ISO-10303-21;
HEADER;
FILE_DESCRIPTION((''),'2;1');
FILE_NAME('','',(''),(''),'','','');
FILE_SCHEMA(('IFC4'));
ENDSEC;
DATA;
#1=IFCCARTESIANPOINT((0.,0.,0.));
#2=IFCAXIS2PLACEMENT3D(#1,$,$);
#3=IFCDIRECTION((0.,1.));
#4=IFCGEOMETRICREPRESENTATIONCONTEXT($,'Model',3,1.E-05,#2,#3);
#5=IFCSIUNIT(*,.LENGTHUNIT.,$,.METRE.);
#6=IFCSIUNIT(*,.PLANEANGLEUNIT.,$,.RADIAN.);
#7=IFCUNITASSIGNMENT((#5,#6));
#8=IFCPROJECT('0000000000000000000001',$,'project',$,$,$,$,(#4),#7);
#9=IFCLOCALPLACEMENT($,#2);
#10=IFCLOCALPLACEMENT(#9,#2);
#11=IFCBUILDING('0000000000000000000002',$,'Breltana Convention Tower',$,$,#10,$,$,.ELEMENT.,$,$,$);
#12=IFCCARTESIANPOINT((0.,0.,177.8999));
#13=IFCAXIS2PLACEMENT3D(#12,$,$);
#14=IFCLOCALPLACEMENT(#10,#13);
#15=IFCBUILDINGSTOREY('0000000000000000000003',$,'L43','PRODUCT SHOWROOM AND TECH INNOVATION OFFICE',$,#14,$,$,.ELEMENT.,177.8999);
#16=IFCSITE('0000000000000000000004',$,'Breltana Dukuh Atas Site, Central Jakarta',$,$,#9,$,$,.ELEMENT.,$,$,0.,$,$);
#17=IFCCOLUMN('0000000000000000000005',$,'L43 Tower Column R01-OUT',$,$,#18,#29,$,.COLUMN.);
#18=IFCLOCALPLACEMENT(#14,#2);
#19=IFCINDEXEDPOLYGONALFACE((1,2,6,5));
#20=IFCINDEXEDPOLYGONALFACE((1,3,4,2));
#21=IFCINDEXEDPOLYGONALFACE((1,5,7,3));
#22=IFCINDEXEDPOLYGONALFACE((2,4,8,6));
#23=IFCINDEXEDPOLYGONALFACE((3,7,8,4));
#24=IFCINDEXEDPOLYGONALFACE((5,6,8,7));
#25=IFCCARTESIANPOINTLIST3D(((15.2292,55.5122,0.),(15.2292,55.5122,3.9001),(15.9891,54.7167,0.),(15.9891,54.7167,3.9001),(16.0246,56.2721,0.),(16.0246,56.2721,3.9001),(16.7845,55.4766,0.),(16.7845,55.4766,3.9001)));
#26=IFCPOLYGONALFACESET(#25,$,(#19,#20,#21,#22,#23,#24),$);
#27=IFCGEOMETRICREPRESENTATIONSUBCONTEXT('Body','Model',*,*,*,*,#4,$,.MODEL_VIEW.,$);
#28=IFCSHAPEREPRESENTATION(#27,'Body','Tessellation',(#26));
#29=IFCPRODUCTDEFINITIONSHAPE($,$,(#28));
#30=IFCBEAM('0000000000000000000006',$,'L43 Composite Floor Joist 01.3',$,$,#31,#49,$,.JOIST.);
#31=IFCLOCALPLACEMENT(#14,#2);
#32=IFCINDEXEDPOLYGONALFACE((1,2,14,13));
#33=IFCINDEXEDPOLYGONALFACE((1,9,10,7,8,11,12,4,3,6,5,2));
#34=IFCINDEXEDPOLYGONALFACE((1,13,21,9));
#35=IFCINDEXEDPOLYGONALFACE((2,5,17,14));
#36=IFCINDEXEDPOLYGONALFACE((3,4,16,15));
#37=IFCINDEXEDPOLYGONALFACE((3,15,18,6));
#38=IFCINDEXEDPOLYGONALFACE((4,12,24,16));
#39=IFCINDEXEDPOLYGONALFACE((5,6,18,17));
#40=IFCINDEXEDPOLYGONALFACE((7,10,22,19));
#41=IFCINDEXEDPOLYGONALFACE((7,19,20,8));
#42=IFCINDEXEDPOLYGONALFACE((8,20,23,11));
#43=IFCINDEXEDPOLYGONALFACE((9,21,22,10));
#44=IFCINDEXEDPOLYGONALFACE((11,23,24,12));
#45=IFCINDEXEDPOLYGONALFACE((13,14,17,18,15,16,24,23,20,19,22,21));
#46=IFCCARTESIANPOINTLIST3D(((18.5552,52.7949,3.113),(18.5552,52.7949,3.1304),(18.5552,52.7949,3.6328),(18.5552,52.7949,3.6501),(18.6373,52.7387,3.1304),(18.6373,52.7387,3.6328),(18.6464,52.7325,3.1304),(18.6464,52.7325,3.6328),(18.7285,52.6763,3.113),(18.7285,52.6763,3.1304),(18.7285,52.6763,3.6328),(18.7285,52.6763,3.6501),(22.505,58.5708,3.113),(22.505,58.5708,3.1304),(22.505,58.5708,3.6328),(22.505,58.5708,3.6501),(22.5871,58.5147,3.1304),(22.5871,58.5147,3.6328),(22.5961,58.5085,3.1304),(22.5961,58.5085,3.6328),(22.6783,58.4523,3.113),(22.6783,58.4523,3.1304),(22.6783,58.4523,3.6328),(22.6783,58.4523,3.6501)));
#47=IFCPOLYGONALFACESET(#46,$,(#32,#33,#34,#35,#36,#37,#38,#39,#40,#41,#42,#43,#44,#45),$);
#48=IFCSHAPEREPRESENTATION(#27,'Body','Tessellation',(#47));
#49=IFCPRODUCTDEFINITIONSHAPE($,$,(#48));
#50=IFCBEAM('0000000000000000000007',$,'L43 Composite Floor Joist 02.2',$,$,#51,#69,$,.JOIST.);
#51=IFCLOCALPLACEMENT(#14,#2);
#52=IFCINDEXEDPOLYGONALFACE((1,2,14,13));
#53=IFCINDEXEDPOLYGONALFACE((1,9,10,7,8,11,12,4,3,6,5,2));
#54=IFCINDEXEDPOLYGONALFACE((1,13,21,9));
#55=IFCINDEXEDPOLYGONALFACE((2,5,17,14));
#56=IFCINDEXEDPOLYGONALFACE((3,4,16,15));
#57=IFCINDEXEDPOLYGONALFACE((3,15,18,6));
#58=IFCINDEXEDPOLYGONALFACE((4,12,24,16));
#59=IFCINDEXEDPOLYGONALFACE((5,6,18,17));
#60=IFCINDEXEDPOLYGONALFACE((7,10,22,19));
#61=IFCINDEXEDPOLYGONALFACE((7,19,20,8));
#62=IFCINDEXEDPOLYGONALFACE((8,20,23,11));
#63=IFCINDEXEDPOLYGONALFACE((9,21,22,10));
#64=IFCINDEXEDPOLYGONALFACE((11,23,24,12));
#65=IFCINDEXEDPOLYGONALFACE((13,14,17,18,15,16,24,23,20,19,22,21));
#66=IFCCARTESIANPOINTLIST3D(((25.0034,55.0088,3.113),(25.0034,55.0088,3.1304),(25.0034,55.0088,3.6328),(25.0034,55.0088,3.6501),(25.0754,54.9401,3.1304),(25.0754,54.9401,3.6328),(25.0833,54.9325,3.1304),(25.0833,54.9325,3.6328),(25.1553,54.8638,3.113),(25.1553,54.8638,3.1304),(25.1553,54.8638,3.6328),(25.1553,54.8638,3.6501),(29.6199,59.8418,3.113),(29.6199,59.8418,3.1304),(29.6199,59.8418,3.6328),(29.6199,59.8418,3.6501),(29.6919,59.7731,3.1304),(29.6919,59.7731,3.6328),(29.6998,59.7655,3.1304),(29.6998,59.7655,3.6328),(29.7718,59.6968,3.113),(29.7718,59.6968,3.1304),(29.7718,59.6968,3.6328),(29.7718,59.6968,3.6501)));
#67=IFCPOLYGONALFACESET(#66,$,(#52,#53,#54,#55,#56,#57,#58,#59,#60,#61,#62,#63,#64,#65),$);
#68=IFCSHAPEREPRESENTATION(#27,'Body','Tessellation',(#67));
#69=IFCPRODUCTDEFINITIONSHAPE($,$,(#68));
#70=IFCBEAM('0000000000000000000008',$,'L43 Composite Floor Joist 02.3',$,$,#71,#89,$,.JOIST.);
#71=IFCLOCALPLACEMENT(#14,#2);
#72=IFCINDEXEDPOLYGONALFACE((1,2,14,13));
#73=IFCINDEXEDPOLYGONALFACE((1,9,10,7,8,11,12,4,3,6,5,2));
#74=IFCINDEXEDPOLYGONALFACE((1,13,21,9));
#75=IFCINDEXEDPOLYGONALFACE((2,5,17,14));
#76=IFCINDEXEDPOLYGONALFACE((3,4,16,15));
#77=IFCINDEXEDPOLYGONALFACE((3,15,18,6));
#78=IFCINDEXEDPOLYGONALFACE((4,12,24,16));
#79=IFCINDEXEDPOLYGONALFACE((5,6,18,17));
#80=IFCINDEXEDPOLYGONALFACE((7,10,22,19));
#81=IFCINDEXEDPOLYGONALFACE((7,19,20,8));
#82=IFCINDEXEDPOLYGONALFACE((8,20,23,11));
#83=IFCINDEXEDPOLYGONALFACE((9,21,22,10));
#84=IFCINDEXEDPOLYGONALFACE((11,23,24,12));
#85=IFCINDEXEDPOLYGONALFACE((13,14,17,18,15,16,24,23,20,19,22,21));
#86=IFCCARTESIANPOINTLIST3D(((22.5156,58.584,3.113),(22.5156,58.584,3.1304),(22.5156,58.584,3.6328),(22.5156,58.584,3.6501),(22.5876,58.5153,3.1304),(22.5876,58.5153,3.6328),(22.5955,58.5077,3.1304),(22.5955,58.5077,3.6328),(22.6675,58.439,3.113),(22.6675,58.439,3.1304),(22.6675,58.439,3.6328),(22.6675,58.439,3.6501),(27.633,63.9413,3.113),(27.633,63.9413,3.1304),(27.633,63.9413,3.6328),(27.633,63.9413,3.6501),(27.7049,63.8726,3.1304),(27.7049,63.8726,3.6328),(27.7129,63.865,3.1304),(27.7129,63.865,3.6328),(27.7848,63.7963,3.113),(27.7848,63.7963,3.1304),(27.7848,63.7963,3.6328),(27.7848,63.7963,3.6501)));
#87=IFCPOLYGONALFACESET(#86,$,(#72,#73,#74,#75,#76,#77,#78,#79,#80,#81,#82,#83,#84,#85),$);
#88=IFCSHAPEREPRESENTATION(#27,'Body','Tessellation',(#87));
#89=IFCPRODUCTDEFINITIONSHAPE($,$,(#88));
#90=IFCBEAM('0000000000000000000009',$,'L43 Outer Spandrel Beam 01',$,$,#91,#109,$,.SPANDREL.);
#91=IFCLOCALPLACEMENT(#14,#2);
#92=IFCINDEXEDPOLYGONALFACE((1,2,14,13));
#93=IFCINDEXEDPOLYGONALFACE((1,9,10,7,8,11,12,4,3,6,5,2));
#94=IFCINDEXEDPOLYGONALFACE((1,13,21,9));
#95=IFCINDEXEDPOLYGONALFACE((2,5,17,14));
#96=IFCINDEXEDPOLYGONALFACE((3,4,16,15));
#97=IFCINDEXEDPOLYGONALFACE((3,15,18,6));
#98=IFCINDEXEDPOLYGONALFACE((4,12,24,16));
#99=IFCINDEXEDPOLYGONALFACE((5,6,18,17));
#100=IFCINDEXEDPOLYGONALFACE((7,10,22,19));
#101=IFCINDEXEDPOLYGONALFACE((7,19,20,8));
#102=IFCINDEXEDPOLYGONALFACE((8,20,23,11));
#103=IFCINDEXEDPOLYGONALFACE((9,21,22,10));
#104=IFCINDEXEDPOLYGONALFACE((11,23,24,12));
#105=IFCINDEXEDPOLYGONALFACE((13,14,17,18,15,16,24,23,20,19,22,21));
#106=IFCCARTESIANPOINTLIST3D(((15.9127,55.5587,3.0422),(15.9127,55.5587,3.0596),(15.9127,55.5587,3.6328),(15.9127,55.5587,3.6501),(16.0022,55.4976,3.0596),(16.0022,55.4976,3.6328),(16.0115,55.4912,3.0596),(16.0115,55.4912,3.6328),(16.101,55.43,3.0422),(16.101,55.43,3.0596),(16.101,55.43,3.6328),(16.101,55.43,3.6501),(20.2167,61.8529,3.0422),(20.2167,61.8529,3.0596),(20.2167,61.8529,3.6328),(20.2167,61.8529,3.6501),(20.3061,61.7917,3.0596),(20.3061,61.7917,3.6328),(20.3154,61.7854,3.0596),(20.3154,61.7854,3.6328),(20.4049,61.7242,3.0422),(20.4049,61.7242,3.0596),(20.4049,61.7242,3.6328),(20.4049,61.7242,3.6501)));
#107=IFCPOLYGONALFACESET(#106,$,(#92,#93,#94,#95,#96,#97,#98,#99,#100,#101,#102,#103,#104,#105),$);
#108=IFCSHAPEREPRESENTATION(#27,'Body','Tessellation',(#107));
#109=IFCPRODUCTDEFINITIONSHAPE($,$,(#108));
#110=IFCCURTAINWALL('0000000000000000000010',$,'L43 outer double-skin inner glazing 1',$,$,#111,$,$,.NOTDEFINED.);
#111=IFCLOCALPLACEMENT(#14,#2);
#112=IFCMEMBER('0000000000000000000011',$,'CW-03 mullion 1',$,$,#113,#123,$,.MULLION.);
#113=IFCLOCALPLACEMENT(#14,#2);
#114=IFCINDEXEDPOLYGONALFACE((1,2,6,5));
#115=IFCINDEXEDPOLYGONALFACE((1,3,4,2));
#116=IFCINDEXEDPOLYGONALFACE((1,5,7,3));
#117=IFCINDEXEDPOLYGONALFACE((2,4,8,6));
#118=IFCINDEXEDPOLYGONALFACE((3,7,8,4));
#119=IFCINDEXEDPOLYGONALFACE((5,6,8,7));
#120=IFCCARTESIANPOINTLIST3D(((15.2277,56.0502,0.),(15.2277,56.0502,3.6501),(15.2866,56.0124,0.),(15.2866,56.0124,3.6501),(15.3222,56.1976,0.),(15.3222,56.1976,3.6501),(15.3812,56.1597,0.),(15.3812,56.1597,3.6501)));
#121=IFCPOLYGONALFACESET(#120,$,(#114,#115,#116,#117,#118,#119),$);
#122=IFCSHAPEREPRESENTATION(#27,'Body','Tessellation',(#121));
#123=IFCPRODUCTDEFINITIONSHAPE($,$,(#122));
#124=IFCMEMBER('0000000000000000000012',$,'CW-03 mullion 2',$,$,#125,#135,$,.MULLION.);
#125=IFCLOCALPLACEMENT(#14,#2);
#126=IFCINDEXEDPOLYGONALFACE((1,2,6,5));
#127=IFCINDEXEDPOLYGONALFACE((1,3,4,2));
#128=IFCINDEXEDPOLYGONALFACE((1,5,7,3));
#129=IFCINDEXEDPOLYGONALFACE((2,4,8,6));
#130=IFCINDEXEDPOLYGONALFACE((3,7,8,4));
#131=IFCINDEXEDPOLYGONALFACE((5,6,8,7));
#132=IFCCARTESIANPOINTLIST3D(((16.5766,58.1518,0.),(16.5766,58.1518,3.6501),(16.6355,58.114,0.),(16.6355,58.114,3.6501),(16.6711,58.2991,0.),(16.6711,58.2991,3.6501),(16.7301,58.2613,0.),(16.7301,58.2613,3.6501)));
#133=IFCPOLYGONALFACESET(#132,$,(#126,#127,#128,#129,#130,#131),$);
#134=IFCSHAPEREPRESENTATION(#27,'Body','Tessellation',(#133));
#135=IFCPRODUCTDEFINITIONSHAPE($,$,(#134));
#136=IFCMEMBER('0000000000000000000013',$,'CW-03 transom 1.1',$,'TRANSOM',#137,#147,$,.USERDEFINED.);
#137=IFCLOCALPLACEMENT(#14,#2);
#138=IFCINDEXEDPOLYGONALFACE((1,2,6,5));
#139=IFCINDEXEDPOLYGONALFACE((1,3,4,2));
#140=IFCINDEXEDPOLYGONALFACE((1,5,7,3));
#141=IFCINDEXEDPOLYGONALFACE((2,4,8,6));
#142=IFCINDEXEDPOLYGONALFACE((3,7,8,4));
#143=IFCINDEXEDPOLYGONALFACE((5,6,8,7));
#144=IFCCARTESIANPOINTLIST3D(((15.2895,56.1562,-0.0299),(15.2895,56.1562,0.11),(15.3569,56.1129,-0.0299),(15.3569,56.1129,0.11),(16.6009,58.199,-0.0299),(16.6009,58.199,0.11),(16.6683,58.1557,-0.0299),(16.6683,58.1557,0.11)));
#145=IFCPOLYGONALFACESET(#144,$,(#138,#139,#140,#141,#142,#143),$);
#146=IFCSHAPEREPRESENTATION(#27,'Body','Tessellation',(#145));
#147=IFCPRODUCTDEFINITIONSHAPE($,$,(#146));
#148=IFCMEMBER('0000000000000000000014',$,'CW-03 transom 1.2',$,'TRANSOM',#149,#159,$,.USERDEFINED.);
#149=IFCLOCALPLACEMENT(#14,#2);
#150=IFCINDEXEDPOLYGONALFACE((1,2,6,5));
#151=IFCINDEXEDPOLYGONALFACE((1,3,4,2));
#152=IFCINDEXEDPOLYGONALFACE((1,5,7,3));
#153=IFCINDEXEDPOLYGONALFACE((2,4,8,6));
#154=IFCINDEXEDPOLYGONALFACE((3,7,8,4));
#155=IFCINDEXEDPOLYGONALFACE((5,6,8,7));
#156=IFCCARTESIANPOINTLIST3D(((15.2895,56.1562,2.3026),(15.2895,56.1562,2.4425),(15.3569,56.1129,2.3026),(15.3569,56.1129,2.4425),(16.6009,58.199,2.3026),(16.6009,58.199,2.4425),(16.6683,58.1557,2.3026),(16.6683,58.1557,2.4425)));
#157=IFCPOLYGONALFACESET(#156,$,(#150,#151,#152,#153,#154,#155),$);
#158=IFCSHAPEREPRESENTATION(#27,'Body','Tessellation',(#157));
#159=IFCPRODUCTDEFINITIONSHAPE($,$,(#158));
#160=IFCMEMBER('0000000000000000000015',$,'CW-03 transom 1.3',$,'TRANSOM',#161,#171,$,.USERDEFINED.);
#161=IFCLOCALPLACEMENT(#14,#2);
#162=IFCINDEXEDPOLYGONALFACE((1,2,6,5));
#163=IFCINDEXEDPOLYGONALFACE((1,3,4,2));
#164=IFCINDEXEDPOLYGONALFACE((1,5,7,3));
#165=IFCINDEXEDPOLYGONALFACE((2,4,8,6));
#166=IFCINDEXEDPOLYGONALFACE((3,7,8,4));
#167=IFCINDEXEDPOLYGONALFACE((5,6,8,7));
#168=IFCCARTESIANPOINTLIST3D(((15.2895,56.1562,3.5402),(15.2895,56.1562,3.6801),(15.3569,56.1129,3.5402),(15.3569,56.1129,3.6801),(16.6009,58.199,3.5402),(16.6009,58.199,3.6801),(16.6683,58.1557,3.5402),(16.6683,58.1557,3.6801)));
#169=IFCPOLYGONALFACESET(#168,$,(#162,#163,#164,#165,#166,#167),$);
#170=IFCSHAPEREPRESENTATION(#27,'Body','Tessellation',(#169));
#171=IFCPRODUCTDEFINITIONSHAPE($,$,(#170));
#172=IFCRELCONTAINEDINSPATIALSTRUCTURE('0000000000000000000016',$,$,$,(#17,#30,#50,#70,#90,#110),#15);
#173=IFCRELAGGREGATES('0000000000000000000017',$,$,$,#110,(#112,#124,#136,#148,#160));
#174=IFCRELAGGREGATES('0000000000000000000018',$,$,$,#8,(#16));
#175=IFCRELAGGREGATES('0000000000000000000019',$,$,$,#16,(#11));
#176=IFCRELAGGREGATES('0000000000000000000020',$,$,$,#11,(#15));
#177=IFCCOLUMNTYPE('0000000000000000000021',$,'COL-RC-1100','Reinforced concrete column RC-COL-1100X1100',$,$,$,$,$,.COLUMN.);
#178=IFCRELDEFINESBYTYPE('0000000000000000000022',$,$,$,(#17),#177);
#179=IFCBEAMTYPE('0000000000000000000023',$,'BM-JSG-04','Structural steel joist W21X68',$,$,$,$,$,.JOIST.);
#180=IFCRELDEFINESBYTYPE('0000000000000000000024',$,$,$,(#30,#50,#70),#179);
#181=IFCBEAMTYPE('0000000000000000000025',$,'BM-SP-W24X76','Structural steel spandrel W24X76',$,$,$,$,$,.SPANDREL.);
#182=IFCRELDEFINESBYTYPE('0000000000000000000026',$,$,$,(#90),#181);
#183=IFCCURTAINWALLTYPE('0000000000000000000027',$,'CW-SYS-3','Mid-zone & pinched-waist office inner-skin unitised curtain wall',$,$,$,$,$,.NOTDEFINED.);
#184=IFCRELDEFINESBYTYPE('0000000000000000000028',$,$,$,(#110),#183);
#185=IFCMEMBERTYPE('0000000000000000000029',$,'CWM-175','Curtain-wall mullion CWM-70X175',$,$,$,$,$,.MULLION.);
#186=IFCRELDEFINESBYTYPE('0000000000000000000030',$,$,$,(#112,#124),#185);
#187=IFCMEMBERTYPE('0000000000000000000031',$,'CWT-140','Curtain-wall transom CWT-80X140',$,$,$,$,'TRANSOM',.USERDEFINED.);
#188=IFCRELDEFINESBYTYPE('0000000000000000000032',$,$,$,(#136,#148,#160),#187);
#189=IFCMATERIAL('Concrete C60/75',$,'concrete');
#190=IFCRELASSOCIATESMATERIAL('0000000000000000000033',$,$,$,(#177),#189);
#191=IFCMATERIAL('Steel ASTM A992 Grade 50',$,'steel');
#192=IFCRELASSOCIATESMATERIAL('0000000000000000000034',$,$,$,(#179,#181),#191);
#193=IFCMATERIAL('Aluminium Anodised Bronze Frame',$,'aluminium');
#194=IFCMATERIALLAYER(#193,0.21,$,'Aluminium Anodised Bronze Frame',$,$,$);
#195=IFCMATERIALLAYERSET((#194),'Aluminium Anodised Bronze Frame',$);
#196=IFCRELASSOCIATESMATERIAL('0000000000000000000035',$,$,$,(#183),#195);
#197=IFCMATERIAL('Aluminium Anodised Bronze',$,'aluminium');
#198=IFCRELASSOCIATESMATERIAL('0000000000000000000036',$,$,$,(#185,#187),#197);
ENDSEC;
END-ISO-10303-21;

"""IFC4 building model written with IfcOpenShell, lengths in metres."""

from ifc_helpers import new_model, si_unit, direction, frame, origin, origin_2d, place, context, subcontext, project, spatial, rectangle, i_section, extrude, source, transform, mapped, material, layer, layer_set, material_profile, profile_set, type_object, type_shapes, element, aggregate, save


model = new_model("IFC4")

# Units and contexts
model_context = context("Model", 3, precision=1e-05, world=origin(), true_north=direction((0.0, 1.0)))
body_context = subcontext(model_context, "Body", "Model", "MODEL_VIEW")
ifc_project = project(units=[si_unit("LENGTHUNIT", "METRE"), si_unit("PLANEANGLEUNIT", "RADIAN")], contexts=[model_context])

# Site, building, storey
site_placement = place(None, origin())
site = spatial("IfcSite", under=ifc_project, at=site_placement, Name="Breltana Dukuh Atas Site, Central Jakarta", CompositionType="ELEMENT", RefElevation=0.0)
building_placement = place(site_placement, origin())
building = spatial("IfcBuilding", under=site, at=building_placement, Name="Breltana Convention Tower", CompositionType="ELEMENT")
storey_placement = place(building_placement, frame((0.0, 0.0, 177.8999)))
storey = spatial("IfcBuildingStorey", under=building, at=storey_placement, Name="L43", Description="PRODUCT SHOWROOM AND TECH INNOVATION OFFICE", CompositionType="ELEMENT", Elevation=177.8999)

# Column
ifc_material_1 = material(Name="Concrete C60/75", Category="concrete")
ifc_material_profile_1 = material_profile(ifc_material_1, rectangle(XDim=1.1001, YDim=1.1001, at=origin_2d()), Name="RC-COL-1100X1100")
ifc_profile_set_1 = profile_set([ifc_material_profile_1], Name="Concrete C60/75")
column_type = type_object("IfcColumnType", Name="COL-RC-1100", Description="Reinforced concrete column RC-COL-1100X1100", PredefinedType="COLUMN", material=ifc_profile_set_1)
shared_shape_1 = source(origin(), body_context, "Body", "SweptSolid", [
    extrude(rectangle(XDim=1.1001, YDim=1.1001, at=origin_2d()), origin(), (0.0, 0.0, 1.0), 3.9001),
])
column_placement = place(storey_placement, frame((16.0068, 55.4944, 0.0), z_axis=(0.0, 0.0, 1.0), x_axis=(-0.690756, 0.723088, 0.0)))
element("IfcColumn", 1, at=column_placement, inside=storey, type_object=column_type, Name="L43 Tower Column R01-OUT", PredefinedType="COLUMN", context=body_context, shape_type="MappedRepresentation", body=[
    mapped(shared_shape_1, transform((0.0, 0.0, 0.0), scale=1.0)),
])

# Beams
ifc_material_2 = material(Name="Steel ASTM A992 Grade 50", Category="steel")
ifc_material_profile_2 = material_profile(ifc_material_2, i_section(OverallWidth=0.21, OverallDepth=0.5371, WebThickness=0.011, FlangeThickness=0.0173, at=origin_2d()), Name="W21X68")
ifc_profile_set_2 = profile_set([ifc_material_profile_2], Name="Steel ASTM A992 Grade 50")
beam_type_1 = type_object("IfcBeamType", Name="BM-JSG-04", Description="Structural steel joist W21X68", PredefinedType="JOIST", material=ifc_profile_set_2)
shared_shape_2 = source(origin(), body_context, "Body", "SweptSolid", [
    extrude(i_section(OverallWidth=0.21, OverallDepth=0.5371, WebThickness=0.011, FlangeThickness=0.0173, at=origin_2d()), origin(), (0.0, 0.0, 1.0), 6.9973),
])
beam_1_placement = place(storey_placement, frame((18.6418, 52.7356, 3.3816), z_axis=(0.564469, 0.825454, 0.0), x_axis=(-0.825454, 0.564469, 0.0)))
element("IfcBeam", 2, at=beam_1_placement, inside=storey, type_object=beam_type_1, Name="L43 Composite Floor Joist 01.3", PredefinedType="JOIST", context=body_context, shape_type="MappedRepresentation", body=[
    mapped(shared_shape_2, transform((0.0, 0.0, 0.0), scale=1.0)),
])
shared_shape_3 = source(origin(), body_context, "Body", "SweptSolid", [
    extrude(i_section(OverallWidth=0.21, OverallDepth=0.5371, WebThickness=0.011, FlangeThickness=0.0173, at=origin_2d()), origin(), (0.0, 0.0, 1.0), 6.6836),
])
beam_2_placement = place(storey_placement, frame((25.0793, 54.9363, 3.3816), z_axis=(0.690721, 0.723122, 0.0), x_axis=(-0.723122, 0.690721, 0.0)))
element("IfcBeam", 3, at=beam_2_placement, inside=storey, type_object=beam_type_1, Name="L43 Composite Floor Joist 02.2", PredefinedType="JOIST", context=body_context, shape_type="MappedRepresentation", body=[
    mapped(shared_shape_3, transform((0.0, 0.0, 0.0), scale=1.0)),
])
shared_shape_4 = source(origin(), body_context, "Body", "SweptSolid", [
    extrude(i_section(OverallWidth=0.21, OverallDepth=0.5371, WebThickness=0.011, FlangeThickness=0.0173, at=origin_2d()), origin(), (0.0, 0.0, 1.0), 7.4087),
])
beam_3_placement = place(storey_placement, frame((22.5916, 58.5115, 3.3816), z_axis=(0.690725, 0.723118, 0.0), x_axis=(-0.723118, 0.690725, 0.0)))
element("IfcBeam", 4, at=beam_3_placement, inside=storey, type_object=beam_type_1, Name="L43 Composite Floor Joist 02.3", PredefinedType="JOIST", context=body_context, shape_type="MappedRepresentation", body=[
    mapped(shared_shape_4, transform((0.0, 0.0, 0.0), scale=1.0)),
])
ifc_material_profile_3 = material_profile(ifc_material_2, i_section(OverallWidth=0.228, OverallDepth=0.6079, WebThickness=0.0112, FlangeThickness=0.0173, at=origin_2d()), Name="W24X76")
ifc_profile_set_3 = profile_set([ifc_material_profile_3], Name="Steel ASTM A992 Grade 50")
beam_type_2 = type_object("IfcBeamType", Name="BM-SP-W24X76", Description="Structural steel spandrel W24X76", PredefinedType="SPANDREL", material=ifc_profile_set_3)
shared_shape_5 = source(origin(), body_context, "Body", "SweptSolid", [
    extrude(i_section(OverallWidth=0.228, OverallDepth=0.6079, WebThickness=0.0112, FlangeThickness=0.0173, at=origin_2d()), origin(), (0.0, 0.0, 1.0), 7.625),
])
type_shapes(beam_type_2, [shared_shape_5])
beam_4_placement = place(storey_placement, frame((16.0068, 55.4944, 3.3462), z_axis=(0.564452, 0.825466, 0.0), x_axis=(-0.825466, 0.564452, 0.0)))
element("IfcBeam", 5, at=beam_4_placement, inside=storey, type_object=beam_type_2, Name="L43 Outer Spandrel Beam 01", PredefinedType="SPANDREL", context=body_context, shape_type="MappedRepresentation", body=[
    mapped(shared_shape_5, transform((0.0, 0.0, 0.0), scale=1.0)),
])

# Curtain wall, members
ifc_material_3 = material(Name="Aluminium Anodised Bronze Frame", Category="aluminium")
ifc_layer_1 = layer(ifc_material_3, 0.21, Name="Aluminium Anodised Bronze Frame")
ifc_layer_set_1 = layer_set([ifc_layer_1], Name="Aluminium Anodised Bronze Frame")
curtain_wall_type = type_object("IfcCurtainWallType", Name="CW-SYS-3", Description="Mid-zone & pinched-waist office inner-skin unitised curtain wall", PredefinedType="NOTDEFINED", material=ifc_layer_set_1)
curtain_wall_placement = place(storey_placement, origin())
curtain_wall = element("IfcCurtainWall", 6, at=curtain_wall_placement, inside=storey, type_object=curtain_wall_type, Name="L43 outer double-skin inner glazing 1", PredefinedType="NOTDEFINED")
ifc_material_4 = material(Name="Aluminium Anodised Bronze", Category="aluminium")
ifc_material_profile_4 = material_profile(ifc_material_4, rectangle(XDim=0.0701, YDim=0.175, at=origin_2d()), Name="CWM-70X175")
ifc_profile_set_4 = profile_set([ifc_material_profile_4], Name="Aluminium Anodised Bronze")
member_type_1 = type_object("IfcMemberType", Name="CWM-175", Description="Curtain-wall mullion CWM-70X175", PredefinedType="MULLION", material=ifc_profile_set_4)
shared_shape_6 = source(origin(), body_context, "Body", "SweptSolid", [
    extrude(rectangle(XDim=0.0701, YDim=0.175, at=origin_2d()), origin(), (0.0, 0.0, 1.0), 3.6501),
])
member_1_placement = place(storey_placement, frame((15.3044, 56.105, 0.0), z_axis=(0.0, 0.0, 1.0), x_axis=(-0.841554, 0.540173, 0.0)))
member_1 = element("IfcMember", 7, at=member_1_placement, type_object=member_type_1, Name="CW-03 mullion 1", PredefinedType="MULLION", context=body_context, shape_type="MappedRepresentation", body=[
    mapped(shared_shape_6, transform((0.0, 0.0, 0.0), scale=1.0)),
])
member_2_placement = place(storey_placement, frame((16.6533, 58.2065, 0.0), z_axis=(0.0, 0.0, 1.0), x_axis=(-0.841554, 0.540173, 0.0)))
member_2 = element("IfcMember", 8, at=member_2_placement, type_object=member_type_1, Name="CW-03 mullion 2", PredefinedType="MULLION", context=body_context, shape_type="MappedRepresentation", body=[
    mapped(shared_shape_6, transform((0.0, 0.0, 0.0), scale=1.0)),
])
ifc_material_profile_5 = material_profile(ifc_material_4, rectangle(XDim=0.0801, YDim=0.1399, at=origin_2d()), Name="CWT-80X140")
ifc_profile_set_5 = profile_set([ifc_material_profile_5], Name="Aluminium Anodised Bronze")
member_type_2 = type_object("IfcMemberType", Name="CWT-140", Description="Curtain-wall transom CWT-80X140", ElementType="TRANSOM", PredefinedType="USERDEFINED", material=ifc_profile_set_5)
shared_shape_7 = source(origin(), body_context, "Body", "SweptSolid", [
    extrude(rectangle(XDim=0.0801, YDim=0.1399, at=origin_2d()), origin(), (0.0, 0.0, 1.0), 2.4275),
])
member_3_placement = place(storey_placement, frame((15.3232, 56.1345, 0.04), z_axis=(0.540203, 0.841534, 0.0), x_axis=(-0.841534, 0.540203, 0.0)))
member_3 = element("IfcMember", 9, at=member_3_placement, type_object=member_type_2, Name="CW-03 transom 1.1", ObjectType="TRANSOM", PredefinedType="USERDEFINED", context=body_context, shape_type="MappedRepresentation", body=[
    mapped(shared_shape_7, transform((0.0, 0.0, 0.0), scale=1.0)),
])
member_4_placement = place(storey_placement, frame((15.3232, 56.1345, 2.3726), z_axis=(0.540203, 0.841534, 0.0), x_axis=(-0.841534, 0.540203, 0.0)))
member_4 = element("IfcMember", 10, at=member_4_placement, type_object=member_type_2, Name="CW-03 transom 1.2", ObjectType="TRANSOM", PredefinedType="USERDEFINED", context=body_context, shape_type="MappedRepresentation", body=[
    mapped(shared_shape_7, transform((0.0, 0.0, 0.0), scale=1.0)),
])
member_5_placement = place(storey_placement, frame((15.3232, 56.1345, 3.6101), z_axis=(0.540203, 0.841534, 0.0), x_axis=(-0.841534, 0.540203, 0.0)))
member_5 = element("IfcMember", 11, at=member_5_placement, type_object=member_type_2, Name="CW-03 transom 1.3", ObjectType="TRANSOM", PredefinedType="USERDEFINED", context=body_context, shape_type="MappedRepresentation", body=[
    mapped(shared_shape_7, transform((0.0, 0.0, 0.0), scale=1.0)),
])
aggregate(curtain_wall, [member_1, member_2, member_3, member_4, member_5])

save(model, "model.ifc")
